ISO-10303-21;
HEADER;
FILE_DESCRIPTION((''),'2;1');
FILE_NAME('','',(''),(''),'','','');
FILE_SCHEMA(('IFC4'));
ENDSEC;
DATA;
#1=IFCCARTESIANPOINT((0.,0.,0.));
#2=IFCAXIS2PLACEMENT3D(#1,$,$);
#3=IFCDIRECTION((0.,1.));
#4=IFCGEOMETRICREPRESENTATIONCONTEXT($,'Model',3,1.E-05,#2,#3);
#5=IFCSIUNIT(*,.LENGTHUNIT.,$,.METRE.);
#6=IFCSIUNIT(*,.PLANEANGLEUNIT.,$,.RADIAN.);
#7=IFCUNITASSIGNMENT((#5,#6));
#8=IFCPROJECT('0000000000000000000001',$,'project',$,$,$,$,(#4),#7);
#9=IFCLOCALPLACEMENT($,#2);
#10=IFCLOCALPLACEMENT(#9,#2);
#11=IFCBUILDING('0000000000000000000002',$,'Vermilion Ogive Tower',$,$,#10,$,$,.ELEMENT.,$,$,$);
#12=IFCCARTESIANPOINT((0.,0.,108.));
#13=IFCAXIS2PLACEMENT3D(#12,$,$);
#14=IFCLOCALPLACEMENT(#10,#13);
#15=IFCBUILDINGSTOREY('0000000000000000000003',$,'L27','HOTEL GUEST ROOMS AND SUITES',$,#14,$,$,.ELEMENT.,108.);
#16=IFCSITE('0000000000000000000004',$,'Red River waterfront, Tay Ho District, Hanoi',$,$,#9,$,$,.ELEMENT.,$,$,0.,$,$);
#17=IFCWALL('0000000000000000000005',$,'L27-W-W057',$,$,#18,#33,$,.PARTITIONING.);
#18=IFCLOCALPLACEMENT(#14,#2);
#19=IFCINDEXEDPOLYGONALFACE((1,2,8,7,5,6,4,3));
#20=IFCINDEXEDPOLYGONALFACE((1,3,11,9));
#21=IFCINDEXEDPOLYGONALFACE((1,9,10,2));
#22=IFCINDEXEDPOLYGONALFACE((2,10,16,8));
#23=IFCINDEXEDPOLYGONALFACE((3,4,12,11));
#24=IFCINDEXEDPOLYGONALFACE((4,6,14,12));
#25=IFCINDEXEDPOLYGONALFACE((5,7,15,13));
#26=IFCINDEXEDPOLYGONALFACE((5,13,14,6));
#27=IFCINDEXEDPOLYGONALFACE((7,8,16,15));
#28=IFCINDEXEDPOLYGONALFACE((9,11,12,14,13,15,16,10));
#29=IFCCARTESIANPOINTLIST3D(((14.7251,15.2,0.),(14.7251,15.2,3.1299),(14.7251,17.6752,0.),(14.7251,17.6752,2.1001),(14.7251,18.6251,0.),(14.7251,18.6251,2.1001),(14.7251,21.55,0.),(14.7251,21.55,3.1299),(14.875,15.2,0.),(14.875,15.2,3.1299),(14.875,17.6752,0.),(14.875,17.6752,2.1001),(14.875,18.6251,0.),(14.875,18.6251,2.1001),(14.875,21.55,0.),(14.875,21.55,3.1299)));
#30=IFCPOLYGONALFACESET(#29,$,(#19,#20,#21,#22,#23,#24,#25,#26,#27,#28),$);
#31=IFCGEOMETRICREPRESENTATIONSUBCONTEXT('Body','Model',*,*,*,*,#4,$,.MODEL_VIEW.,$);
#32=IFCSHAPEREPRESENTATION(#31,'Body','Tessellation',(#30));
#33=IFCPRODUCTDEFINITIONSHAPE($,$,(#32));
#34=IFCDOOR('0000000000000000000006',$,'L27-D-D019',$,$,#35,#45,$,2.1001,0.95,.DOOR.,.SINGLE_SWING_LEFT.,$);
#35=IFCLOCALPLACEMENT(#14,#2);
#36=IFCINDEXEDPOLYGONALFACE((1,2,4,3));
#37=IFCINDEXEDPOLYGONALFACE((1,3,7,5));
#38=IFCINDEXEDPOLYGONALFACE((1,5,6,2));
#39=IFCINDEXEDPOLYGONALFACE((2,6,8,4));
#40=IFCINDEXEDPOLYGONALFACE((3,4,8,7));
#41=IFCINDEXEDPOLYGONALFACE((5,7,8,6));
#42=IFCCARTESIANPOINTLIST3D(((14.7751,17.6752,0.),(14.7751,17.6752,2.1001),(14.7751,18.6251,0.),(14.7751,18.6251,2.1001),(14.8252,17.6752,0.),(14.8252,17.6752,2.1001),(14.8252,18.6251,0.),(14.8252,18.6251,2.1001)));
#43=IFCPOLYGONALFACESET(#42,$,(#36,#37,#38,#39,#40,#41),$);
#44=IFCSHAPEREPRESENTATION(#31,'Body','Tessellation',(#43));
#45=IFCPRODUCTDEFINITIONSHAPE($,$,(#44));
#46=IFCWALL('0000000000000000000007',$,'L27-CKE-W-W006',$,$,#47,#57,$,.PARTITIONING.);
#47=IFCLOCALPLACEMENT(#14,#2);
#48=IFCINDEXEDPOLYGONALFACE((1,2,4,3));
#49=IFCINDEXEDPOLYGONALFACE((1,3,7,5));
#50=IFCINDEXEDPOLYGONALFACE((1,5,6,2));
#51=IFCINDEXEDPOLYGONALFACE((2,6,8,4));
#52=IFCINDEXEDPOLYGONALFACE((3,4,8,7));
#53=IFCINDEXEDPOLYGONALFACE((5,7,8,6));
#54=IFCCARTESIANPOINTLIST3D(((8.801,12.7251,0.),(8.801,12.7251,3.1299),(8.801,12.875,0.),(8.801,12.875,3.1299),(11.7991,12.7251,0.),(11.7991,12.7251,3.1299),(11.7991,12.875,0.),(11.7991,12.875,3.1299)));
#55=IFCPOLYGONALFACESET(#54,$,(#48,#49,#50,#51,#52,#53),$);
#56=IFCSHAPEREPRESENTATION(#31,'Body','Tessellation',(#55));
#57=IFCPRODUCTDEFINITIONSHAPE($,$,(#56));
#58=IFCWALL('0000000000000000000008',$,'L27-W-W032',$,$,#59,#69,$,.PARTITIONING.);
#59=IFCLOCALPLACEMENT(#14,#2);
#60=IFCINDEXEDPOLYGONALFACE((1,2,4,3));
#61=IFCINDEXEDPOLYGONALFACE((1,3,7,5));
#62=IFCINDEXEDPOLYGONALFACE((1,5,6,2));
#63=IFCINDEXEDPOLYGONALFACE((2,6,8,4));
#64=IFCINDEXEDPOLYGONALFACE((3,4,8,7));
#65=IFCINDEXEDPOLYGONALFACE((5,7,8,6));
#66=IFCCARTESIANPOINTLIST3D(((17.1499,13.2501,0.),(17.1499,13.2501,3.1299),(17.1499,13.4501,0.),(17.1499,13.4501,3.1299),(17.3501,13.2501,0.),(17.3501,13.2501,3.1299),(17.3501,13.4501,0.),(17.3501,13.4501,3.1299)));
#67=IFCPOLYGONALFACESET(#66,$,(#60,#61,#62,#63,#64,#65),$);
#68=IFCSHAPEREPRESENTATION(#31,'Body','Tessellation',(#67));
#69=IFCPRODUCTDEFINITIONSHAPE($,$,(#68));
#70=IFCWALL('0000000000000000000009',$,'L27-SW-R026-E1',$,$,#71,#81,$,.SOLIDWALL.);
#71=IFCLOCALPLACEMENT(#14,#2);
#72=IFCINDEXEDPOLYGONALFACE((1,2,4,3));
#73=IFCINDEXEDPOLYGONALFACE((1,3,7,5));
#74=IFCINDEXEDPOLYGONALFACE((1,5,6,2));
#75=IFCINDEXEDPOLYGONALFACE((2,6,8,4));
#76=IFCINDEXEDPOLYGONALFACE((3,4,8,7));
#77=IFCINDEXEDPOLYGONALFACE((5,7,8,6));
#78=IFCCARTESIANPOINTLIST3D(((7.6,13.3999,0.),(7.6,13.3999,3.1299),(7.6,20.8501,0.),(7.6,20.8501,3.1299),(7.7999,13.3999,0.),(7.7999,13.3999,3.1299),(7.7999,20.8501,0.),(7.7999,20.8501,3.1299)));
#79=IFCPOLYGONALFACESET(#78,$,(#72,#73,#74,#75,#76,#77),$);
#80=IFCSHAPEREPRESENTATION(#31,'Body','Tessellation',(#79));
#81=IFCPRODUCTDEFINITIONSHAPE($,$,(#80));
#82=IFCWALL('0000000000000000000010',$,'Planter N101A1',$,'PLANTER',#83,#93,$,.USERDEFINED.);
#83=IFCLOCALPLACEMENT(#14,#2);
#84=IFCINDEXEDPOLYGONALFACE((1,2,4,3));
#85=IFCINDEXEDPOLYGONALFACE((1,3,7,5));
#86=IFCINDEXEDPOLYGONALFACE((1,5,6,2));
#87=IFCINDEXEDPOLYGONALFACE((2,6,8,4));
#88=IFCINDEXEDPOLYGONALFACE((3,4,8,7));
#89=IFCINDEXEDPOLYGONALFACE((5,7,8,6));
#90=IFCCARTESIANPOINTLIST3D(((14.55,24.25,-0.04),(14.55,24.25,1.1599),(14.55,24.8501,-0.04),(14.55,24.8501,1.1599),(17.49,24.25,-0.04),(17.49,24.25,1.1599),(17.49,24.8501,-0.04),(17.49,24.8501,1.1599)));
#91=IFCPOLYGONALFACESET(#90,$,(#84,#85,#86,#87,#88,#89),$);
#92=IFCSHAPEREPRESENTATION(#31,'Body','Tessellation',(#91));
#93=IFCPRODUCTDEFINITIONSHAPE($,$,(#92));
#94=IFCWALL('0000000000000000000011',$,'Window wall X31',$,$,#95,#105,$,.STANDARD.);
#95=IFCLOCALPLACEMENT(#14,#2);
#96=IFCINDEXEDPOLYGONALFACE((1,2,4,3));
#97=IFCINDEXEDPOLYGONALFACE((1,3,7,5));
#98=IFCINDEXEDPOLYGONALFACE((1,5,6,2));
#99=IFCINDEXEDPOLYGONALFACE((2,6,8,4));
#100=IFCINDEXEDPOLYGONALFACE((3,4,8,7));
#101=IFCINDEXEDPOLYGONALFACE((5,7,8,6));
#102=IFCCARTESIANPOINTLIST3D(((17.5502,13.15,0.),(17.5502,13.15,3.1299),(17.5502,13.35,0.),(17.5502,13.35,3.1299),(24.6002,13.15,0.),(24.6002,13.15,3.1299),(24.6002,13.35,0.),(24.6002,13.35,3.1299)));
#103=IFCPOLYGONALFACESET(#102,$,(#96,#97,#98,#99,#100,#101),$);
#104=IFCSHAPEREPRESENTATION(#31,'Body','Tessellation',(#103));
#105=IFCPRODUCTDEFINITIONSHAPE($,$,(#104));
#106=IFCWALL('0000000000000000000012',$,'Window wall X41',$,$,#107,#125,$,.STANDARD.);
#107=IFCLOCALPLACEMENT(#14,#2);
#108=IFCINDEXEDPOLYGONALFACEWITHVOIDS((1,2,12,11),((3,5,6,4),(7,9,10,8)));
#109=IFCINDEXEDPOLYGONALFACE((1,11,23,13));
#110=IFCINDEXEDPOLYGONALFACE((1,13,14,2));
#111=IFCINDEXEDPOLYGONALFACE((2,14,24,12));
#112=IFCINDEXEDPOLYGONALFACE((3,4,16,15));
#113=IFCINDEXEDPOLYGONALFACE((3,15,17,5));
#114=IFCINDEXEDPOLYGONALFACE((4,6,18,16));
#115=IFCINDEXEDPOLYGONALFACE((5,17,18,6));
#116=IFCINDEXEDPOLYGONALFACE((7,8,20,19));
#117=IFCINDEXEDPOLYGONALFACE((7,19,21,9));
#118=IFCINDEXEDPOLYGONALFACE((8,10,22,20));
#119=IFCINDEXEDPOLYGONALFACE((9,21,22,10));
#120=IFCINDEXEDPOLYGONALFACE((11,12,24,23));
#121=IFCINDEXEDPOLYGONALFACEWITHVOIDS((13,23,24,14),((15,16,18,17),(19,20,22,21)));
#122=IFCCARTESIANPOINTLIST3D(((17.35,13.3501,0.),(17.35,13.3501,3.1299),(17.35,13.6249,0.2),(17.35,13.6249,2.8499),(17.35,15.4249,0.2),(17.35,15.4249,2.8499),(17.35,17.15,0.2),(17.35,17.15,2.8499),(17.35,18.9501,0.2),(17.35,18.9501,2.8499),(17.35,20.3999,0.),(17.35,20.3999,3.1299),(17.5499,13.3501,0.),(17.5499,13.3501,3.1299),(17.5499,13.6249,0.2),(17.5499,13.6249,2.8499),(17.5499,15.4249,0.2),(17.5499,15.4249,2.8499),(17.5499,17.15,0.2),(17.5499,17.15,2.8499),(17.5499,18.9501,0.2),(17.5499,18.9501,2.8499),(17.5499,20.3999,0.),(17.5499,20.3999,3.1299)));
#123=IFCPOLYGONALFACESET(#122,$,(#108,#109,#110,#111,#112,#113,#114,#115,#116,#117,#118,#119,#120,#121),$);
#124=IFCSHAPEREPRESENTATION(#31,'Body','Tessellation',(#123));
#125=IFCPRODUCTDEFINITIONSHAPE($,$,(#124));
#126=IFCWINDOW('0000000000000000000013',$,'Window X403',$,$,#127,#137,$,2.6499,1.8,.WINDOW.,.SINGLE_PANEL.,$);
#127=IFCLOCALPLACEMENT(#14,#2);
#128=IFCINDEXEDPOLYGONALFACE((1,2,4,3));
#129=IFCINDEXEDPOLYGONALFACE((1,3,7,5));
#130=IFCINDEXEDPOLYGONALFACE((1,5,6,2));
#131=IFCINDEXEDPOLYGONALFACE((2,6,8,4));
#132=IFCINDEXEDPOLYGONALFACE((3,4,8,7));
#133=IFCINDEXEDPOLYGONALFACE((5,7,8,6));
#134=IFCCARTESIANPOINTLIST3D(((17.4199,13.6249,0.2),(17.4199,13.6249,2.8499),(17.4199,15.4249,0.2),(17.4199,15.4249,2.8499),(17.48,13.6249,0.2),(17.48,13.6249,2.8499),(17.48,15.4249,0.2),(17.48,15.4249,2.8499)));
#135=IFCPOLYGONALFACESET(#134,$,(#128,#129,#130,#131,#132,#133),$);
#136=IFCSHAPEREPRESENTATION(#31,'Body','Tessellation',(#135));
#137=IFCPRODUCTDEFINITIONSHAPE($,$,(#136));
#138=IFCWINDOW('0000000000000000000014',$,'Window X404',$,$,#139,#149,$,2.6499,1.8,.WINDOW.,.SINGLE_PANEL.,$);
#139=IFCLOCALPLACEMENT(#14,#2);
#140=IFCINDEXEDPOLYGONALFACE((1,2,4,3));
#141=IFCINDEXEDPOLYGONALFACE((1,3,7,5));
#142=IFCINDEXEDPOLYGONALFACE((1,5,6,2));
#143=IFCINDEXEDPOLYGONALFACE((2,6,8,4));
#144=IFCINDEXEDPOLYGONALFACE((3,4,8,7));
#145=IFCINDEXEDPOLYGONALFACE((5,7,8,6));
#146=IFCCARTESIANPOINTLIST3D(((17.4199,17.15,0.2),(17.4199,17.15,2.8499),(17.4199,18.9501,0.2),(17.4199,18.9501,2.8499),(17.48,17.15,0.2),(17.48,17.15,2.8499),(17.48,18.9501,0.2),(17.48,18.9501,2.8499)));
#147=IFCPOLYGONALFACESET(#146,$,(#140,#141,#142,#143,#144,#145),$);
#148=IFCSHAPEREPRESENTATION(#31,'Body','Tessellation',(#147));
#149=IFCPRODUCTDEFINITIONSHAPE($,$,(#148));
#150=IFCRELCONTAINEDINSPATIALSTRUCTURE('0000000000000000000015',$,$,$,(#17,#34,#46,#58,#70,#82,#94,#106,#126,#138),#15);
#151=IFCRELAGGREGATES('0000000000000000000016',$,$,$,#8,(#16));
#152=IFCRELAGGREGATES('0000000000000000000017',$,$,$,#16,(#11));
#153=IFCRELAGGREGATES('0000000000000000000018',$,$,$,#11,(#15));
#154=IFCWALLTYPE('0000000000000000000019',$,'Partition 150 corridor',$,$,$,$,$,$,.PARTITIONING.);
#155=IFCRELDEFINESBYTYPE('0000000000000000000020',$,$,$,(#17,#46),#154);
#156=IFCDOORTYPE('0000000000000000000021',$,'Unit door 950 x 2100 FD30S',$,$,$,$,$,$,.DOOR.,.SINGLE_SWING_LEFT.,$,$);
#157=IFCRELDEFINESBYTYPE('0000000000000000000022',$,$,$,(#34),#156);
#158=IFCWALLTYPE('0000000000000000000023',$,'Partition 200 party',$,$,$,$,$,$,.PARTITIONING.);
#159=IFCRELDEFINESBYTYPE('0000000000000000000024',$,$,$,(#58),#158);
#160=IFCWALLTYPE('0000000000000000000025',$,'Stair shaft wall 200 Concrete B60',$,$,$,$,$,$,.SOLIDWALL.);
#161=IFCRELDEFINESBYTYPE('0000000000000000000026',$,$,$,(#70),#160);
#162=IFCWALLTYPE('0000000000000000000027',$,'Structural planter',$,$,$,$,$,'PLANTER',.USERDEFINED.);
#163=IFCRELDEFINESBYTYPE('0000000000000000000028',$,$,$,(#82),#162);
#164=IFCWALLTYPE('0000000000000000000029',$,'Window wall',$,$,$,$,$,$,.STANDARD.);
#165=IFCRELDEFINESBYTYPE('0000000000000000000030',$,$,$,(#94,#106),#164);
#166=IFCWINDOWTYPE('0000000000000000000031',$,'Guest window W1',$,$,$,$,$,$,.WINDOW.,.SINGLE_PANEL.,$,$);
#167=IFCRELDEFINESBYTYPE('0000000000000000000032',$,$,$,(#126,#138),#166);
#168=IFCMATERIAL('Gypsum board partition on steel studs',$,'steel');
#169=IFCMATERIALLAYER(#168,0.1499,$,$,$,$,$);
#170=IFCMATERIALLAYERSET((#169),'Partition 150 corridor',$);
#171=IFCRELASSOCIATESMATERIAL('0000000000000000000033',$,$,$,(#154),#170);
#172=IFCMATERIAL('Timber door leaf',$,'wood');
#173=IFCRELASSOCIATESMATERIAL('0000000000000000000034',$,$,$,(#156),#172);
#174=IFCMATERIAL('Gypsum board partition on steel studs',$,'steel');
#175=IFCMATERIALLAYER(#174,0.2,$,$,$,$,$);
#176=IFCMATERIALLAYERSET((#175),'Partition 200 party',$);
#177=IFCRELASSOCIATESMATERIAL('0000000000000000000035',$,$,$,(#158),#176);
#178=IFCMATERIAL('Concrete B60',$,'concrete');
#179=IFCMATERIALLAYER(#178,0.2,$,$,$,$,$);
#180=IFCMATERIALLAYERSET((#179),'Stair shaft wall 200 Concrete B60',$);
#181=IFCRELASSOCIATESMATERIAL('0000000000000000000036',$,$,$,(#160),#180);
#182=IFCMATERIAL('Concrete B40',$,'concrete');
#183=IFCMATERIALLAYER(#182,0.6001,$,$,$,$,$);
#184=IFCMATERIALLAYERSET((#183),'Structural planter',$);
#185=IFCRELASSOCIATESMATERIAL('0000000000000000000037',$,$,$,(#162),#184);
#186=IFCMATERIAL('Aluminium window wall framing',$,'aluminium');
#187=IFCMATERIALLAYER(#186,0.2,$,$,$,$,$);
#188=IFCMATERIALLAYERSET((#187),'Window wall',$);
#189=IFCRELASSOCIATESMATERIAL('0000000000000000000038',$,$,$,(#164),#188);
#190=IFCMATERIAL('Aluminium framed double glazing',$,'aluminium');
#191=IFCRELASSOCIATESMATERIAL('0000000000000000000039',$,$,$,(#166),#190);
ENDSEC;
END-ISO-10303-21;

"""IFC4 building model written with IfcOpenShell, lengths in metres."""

from ifc_helpers import new_model, si_unit, direction, frame, frame_2d, origin, place, context, subcontext, project, spatial, rectangle, extrude, material, layer, layer_set, type_object, element, fill, save


model = new_model("IFC4")

# Units and contexts
model_context = context("Model", 3, precision=1e-05, world=origin(), true_north=direction((0.0, 1.0)))
body_context = subcontext(model_context, "Body", "Model", "MODEL_VIEW")
ifc_project = project(units=[si_unit("LENGTHUNIT", "METRE"), si_unit("PLANEANGLEUNIT", "RADIAN")], contexts=[model_context])

# Site, building, storey
site_placement = place(None, origin())
site = spatial("IfcSite", under=ifc_project, at=site_placement, Name="Red River waterfront, Tay Ho District, Hanoi", CompositionType="ELEMENT", RefElevation=0.0)
building_placement = place(site_placement, origin())
building = spatial("IfcBuilding", under=site, at=building_placement, Name="Vermilion Ogive Tower", CompositionType="ELEMENT")
storey_placement = place(building_placement, frame((0.0, 0.0, 108.0)))
storey = spatial("IfcBuildingStorey", under=building, at=storey_placement, Name="L27", Description="HOTEL GUEST ROOMS AND SUITES", CompositionType="ELEMENT", Elevation=108.0)

# Wall, opening, door
ifc_material_1 = material(Name="Gypsum board partition on steel studs", Category="steel")
ifc_layer_1 = layer(ifc_material_1, 0.1499)
ifc_layer_set_1 = layer_set([ifc_layer_1], Name="Partition 150 corridor")
wall_type_1 = type_object("IfcWallType", Name="Partition 150 corridor", PredefinedType="PARTITIONING", material=ifc_layer_set_1)
wall_1_placement = place(storey_placement, frame((14.8, 15.2, 0.0), z_axis=(0.0, 0.0, 1.0), x_axis=(0.0, 1.0, 0.0)))
wall_1 = element("IfcWall", 1, at=wall_1_placement, inside=storey, type_object=wall_type_1, Name="L27-W-W057", PredefinedType="PARTITIONING", context=body_context, shape_type="SweptSolid", body=[
    extrude(rectangle(XDim=6.3501, YDim=0.1499, at=frame_2d((3.175, 0.0))), origin(), (0.0, 0.0, 1.0), 3.1299),
])
opening_1_placement = place(wall_1_placement, frame((2.4751, 0.0, 0.0)))
opening_1 = element("IfcOpeningElement", 2, at=opening_1_placement, cuts=wall_1, PredefinedType="OPENING", context=body_context, shape_type="SweptSolid", body=[
    extrude(rectangle(XDim=0.95, YDim=2.1001, at=frame_2d((0.4751, 1.05))), frame((0.0, 0.085, 0.0), z_axis=(0.0, -1.0, 0.0), x_axis=(1.0, 0.0, 0.0)), (0.0, 0.0, 1.0), 0.1699),
])
ifc_material_2 = material(Name="Timber door leaf", Category="wood")
door_type_1 = type_object("IfcDoorType", Name="Unit door 950 x 2100 FD30S", OperationType="SINGLE_SWING_LEFT", PredefinedType="DOOR", material=ifc_material_2)
door_1_placement = place(opening_1_placement, origin())
door_1 = element("IfcDoor", 3, at=door_1_placement, inside=storey, type_object=door_type_1, Name="L27-D-D019", OperationType="SINGLE_SWING_LEFT", OverallHeight=2.1001, OverallWidth=0.95, PredefinedType="DOOR", context=body_context, shape_type="SweptSolid", body=[
    extrude(rectangle(XDim=0.95, YDim=2.1001, at=frame_2d((0.4751, 1.05))), frame((0.0, 0.0249, 0.0), z_axis=(0.0, -1.0, 0.0), x_axis=(1.0, 0.0, 0.0)), (0.0, 0.0, 1.0), 0.05),
])
fill(opening_1, door_1)

# Walls
wall_2_placement = place(storey_placement, frame((8.801, 12.8, 0.0), z_axis=(0.0, 0.0, 1.0), x_axis=(1.0, 0.0, 0.0)))
element("IfcWall", 4, at=wall_2_placement, inside=storey, type_object=wall_type_1, Name="L27-CKE-W-W006", PredefinedType="PARTITIONING", context=body_context, shape_type="SweptSolid", body=[
    extrude(rectangle(XDim=2.998, YDim=0.1499, at=frame_2d((1.499, 0.0))), origin(), (0.0, 0.0, 1.0), 3.1299),
])
ifc_material_3 = material(Name="Gypsum board partition on steel studs", Category="steel")
ifc_layer_2 = layer(ifc_material_3, 0.2)
ifc_layer_set_2 = layer_set([ifc_layer_2], Name="Partition 200 party")
wall_type_2 = type_object("IfcWallType", Name="Partition 200 party", PredefinedType="PARTITIONING", material=ifc_layer_set_2)
wall_3_placement = place(storey_placement, frame((17.1499, 13.3501, 0.0), z_axis=(0.0, 0.0, 1.0), x_axis=(1.0, 0.0, 0.0)))
element("IfcWall", 5, at=wall_3_placement, inside=storey, type_object=wall_type_2, Name="L27-W-W032", PredefinedType="PARTITIONING", context=body_context, shape_type="SweptSolid", body=[
    extrude(rectangle(XDim=0.2002, YDim=0.2, at=frame_2d((0.1001, 0.0))), origin(), (0.0, 0.0, 1.0), 3.1299),
])
ifc_material_4 = material(Name="Concrete B60", Category="concrete")
ifc_layer_3 = layer(ifc_material_4, 0.2)
ifc_layer_set_3 = layer_set([ifc_layer_3], Name="Stair shaft wall 200 Concrete B60")
wall_type_3 = type_object("IfcWallType", Name="Stair shaft wall 200 Concrete B60", PredefinedType="SOLIDWALL", material=ifc_layer_set_3)
wall_4_placement = place(storey_placement, frame((7.7, 13.3999, 0.0), z_axis=(0.0, 0.0, 1.0), x_axis=(0.0, 1.0, 0.0)))
element("IfcWall", 6, at=wall_4_placement, inside=storey, type_object=wall_type_3, Name="L27-SW-R026-E1", PredefinedType="SOLIDWALL", context=body_context, shape_type="SweptSolid", body=[
    extrude(rectangle(XDim=7.4502, YDim=0.2, at=frame_2d((3.7251, 0.0))), origin(), (0.0, 0.0, 1.0), 3.1299),
])
ifc_material_5 = material(Name="Concrete B40", Category="concrete")
ifc_layer_4 = layer(ifc_material_5, 0.6001)
ifc_layer_set_4 = layer_set([ifc_layer_4], Name="Structural planter")
wall_type_4 = type_object("IfcWallType", Name="Structural planter", ElementType="PLANTER", PredefinedType="USERDEFINED", material=ifc_layer_set_4)
wall_5_placement = place(storey_placement, frame((17.49, 24.55, -0.04), z_axis=(0.0, 0.0, 1.0), x_axis=(-1.0, 0.0, 0.0)))
element("IfcWall", 7, at=wall_5_placement, inside=storey, type_object=wall_type_4, Name="Planter N101A1", ObjectType="PLANTER", PredefinedType="USERDEFINED", context=body_context, shape_type="SweptSolid", body=[
    extrude(rectangle(XDim=2.9399, YDim=0.6001, at=frame_2d((1.47, 0.0))), origin(), (0.0, 0.0, 1.0), 1.2),
])
ifc_material_6 = material(Name="Aluminium window wall framing", Category="aluminium")
ifc_layer_5 = layer(ifc_material_6, 0.2)
ifc_layer_set_5 = layer_set([ifc_layer_5], Name="Window wall")
wall_type_5 = type_object("IfcWallType", Name="Window wall", PredefinedType="STANDARD", material=ifc_layer_set_5)
wall_6_placement = place(storey_placement, frame((24.6001, 13.25, 0.0), z_axis=(0.0, 0.0, 1.0), x_axis=(-1.0, 0.0, 0.0)))
element("IfcWall", 8, at=wall_6_placement, inside=storey, type_object=wall_type_5, Name="Window wall X31", PredefinedType="STANDARD", context=body_context, shape_type="SweptSolid", body=[
    extrude(rectangle(XDim=7.05, YDim=0.2, at=frame_2d((3.5249, 0.0))), origin(), (0.0, 0.0, 1.0), 3.1299),
])

# Wall, openings, windows
wall_7_placement = place(storey_placement, frame((17.45, 13.3501, 0.0), z_axis=(0.0, 0.0, 1.0), x_axis=(0.0, 1.0, 0.0)))
wall_7 = element("IfcWall", 9, at=wall_7_placement, inside=storey, type_object=wall_type_5, Name="Window wall X41", PredefinedType="STANDARD", context=body_context, shape_type="SweptSolid", body=[
    extrude(rectangle(XDim=7.0498, YDim=0.2, at=frame_2d((3.5249, 0.0))), origin(), (0.0, 0.0, 1.0), 3.1299),
])
opening_2_placement = place(wall_7_placement, frame((0.2749, 0.0, 0.2)))
opening_2 = element("IfcOpeningElement", 10, at=opening_2_placement, cuts=wall_7, PredefinedType="OPENING", context=body_context, shape_type="SweptSolid", body=[
    extrude(rectangle(XDim=1.8, YDim=2.6499, at=frame_2d((0.8999, 1.325))), frame((0.0, 0.1099, 0.0), z_axis=(0.0, -1.0, 0.0), x_axis=(1.0, 0.0, 0.0)), (0.0, 0.0, 1.0), 0.22),
])
opening_3_placement = place(wall_7_placement, frame((3.8, 0.0, 0.2)))
opening_3 = element("IfcOpeningElement", 11, at=opening_3_placement, cuts=wall_7, PredefinedType="OPENING", context=body_context, shape_type="SweptSolid", body=[
    extrude(rectangle(XDim=1.8, YDim=2.6499, at=frame_2d((0.8999, 1.325))), frame((0.0, 0.1099, 0.0), z_axis=(0.0, -1.0, 0.0), x_axis=(1.0, 0.0, 0.0)), (0.0, 0.0, 1.0), 0.22),
])
ifc_material_7 = material(Name="Aluminium framed double glazing", Category="aluminium")
window_type = type_object("IfcWindowType", Name="Guest window W1", PartitioningType="SINGLE_PANEL", PredefinedType="WINDOW", material=ifc_material_7)
window_1_placement = place(opening_2_placement, origin())
window_1 = element("IfcWindow", 12, at=window_1_placement, inside=storey, type_object=window_type, Name="Window X403", OverallHeight=2.6499, OverallWidth=1.8, PartitioningType="SINGLE_PANEL", PredefinedType="WINDOW", context=body_context, shape_type="SweptSolid", body=[
    extrude(rectangle(XDim=1.8, YDim=2.6499, at=frame_2d((0.8999, 1.325))), frame((0.0, 0.03, 0.0), z_axis=(0.0, -1.0, 0.0), x_axis=(1.0, 0.0, 0.0)), (0.0, 0.0, 1.0), 0.0601),
])
fill(opening_2, window_1)
window_2_placement = place(opening_3_placement, origin())
window_2 = element("IfcWindow", 13, at=window_2_placement, inside=storey, type_object=window_type, Name="Window X404", OverallHeight=2.6499, OverallWidth=1.8, PartitioningType="SINGLE_PANEL", PredefinedType="WINDOW", context=body_context, shape_type="SweptSolid", body=[
    extrude(rectangle(XDim=1.8, YDim=2.6499, at=frame_2d((0.8999, 1.325))), frame((0.0, 0.03, 0.0), z_axis=(0.0, -1.0, 0.0), x_axis=(1.0, 0.0, 0.0)), (0.0, 0.0, 1.0), 0.0601),
])
fill(opening_3, window_2)

save(model, "model.ifc")
